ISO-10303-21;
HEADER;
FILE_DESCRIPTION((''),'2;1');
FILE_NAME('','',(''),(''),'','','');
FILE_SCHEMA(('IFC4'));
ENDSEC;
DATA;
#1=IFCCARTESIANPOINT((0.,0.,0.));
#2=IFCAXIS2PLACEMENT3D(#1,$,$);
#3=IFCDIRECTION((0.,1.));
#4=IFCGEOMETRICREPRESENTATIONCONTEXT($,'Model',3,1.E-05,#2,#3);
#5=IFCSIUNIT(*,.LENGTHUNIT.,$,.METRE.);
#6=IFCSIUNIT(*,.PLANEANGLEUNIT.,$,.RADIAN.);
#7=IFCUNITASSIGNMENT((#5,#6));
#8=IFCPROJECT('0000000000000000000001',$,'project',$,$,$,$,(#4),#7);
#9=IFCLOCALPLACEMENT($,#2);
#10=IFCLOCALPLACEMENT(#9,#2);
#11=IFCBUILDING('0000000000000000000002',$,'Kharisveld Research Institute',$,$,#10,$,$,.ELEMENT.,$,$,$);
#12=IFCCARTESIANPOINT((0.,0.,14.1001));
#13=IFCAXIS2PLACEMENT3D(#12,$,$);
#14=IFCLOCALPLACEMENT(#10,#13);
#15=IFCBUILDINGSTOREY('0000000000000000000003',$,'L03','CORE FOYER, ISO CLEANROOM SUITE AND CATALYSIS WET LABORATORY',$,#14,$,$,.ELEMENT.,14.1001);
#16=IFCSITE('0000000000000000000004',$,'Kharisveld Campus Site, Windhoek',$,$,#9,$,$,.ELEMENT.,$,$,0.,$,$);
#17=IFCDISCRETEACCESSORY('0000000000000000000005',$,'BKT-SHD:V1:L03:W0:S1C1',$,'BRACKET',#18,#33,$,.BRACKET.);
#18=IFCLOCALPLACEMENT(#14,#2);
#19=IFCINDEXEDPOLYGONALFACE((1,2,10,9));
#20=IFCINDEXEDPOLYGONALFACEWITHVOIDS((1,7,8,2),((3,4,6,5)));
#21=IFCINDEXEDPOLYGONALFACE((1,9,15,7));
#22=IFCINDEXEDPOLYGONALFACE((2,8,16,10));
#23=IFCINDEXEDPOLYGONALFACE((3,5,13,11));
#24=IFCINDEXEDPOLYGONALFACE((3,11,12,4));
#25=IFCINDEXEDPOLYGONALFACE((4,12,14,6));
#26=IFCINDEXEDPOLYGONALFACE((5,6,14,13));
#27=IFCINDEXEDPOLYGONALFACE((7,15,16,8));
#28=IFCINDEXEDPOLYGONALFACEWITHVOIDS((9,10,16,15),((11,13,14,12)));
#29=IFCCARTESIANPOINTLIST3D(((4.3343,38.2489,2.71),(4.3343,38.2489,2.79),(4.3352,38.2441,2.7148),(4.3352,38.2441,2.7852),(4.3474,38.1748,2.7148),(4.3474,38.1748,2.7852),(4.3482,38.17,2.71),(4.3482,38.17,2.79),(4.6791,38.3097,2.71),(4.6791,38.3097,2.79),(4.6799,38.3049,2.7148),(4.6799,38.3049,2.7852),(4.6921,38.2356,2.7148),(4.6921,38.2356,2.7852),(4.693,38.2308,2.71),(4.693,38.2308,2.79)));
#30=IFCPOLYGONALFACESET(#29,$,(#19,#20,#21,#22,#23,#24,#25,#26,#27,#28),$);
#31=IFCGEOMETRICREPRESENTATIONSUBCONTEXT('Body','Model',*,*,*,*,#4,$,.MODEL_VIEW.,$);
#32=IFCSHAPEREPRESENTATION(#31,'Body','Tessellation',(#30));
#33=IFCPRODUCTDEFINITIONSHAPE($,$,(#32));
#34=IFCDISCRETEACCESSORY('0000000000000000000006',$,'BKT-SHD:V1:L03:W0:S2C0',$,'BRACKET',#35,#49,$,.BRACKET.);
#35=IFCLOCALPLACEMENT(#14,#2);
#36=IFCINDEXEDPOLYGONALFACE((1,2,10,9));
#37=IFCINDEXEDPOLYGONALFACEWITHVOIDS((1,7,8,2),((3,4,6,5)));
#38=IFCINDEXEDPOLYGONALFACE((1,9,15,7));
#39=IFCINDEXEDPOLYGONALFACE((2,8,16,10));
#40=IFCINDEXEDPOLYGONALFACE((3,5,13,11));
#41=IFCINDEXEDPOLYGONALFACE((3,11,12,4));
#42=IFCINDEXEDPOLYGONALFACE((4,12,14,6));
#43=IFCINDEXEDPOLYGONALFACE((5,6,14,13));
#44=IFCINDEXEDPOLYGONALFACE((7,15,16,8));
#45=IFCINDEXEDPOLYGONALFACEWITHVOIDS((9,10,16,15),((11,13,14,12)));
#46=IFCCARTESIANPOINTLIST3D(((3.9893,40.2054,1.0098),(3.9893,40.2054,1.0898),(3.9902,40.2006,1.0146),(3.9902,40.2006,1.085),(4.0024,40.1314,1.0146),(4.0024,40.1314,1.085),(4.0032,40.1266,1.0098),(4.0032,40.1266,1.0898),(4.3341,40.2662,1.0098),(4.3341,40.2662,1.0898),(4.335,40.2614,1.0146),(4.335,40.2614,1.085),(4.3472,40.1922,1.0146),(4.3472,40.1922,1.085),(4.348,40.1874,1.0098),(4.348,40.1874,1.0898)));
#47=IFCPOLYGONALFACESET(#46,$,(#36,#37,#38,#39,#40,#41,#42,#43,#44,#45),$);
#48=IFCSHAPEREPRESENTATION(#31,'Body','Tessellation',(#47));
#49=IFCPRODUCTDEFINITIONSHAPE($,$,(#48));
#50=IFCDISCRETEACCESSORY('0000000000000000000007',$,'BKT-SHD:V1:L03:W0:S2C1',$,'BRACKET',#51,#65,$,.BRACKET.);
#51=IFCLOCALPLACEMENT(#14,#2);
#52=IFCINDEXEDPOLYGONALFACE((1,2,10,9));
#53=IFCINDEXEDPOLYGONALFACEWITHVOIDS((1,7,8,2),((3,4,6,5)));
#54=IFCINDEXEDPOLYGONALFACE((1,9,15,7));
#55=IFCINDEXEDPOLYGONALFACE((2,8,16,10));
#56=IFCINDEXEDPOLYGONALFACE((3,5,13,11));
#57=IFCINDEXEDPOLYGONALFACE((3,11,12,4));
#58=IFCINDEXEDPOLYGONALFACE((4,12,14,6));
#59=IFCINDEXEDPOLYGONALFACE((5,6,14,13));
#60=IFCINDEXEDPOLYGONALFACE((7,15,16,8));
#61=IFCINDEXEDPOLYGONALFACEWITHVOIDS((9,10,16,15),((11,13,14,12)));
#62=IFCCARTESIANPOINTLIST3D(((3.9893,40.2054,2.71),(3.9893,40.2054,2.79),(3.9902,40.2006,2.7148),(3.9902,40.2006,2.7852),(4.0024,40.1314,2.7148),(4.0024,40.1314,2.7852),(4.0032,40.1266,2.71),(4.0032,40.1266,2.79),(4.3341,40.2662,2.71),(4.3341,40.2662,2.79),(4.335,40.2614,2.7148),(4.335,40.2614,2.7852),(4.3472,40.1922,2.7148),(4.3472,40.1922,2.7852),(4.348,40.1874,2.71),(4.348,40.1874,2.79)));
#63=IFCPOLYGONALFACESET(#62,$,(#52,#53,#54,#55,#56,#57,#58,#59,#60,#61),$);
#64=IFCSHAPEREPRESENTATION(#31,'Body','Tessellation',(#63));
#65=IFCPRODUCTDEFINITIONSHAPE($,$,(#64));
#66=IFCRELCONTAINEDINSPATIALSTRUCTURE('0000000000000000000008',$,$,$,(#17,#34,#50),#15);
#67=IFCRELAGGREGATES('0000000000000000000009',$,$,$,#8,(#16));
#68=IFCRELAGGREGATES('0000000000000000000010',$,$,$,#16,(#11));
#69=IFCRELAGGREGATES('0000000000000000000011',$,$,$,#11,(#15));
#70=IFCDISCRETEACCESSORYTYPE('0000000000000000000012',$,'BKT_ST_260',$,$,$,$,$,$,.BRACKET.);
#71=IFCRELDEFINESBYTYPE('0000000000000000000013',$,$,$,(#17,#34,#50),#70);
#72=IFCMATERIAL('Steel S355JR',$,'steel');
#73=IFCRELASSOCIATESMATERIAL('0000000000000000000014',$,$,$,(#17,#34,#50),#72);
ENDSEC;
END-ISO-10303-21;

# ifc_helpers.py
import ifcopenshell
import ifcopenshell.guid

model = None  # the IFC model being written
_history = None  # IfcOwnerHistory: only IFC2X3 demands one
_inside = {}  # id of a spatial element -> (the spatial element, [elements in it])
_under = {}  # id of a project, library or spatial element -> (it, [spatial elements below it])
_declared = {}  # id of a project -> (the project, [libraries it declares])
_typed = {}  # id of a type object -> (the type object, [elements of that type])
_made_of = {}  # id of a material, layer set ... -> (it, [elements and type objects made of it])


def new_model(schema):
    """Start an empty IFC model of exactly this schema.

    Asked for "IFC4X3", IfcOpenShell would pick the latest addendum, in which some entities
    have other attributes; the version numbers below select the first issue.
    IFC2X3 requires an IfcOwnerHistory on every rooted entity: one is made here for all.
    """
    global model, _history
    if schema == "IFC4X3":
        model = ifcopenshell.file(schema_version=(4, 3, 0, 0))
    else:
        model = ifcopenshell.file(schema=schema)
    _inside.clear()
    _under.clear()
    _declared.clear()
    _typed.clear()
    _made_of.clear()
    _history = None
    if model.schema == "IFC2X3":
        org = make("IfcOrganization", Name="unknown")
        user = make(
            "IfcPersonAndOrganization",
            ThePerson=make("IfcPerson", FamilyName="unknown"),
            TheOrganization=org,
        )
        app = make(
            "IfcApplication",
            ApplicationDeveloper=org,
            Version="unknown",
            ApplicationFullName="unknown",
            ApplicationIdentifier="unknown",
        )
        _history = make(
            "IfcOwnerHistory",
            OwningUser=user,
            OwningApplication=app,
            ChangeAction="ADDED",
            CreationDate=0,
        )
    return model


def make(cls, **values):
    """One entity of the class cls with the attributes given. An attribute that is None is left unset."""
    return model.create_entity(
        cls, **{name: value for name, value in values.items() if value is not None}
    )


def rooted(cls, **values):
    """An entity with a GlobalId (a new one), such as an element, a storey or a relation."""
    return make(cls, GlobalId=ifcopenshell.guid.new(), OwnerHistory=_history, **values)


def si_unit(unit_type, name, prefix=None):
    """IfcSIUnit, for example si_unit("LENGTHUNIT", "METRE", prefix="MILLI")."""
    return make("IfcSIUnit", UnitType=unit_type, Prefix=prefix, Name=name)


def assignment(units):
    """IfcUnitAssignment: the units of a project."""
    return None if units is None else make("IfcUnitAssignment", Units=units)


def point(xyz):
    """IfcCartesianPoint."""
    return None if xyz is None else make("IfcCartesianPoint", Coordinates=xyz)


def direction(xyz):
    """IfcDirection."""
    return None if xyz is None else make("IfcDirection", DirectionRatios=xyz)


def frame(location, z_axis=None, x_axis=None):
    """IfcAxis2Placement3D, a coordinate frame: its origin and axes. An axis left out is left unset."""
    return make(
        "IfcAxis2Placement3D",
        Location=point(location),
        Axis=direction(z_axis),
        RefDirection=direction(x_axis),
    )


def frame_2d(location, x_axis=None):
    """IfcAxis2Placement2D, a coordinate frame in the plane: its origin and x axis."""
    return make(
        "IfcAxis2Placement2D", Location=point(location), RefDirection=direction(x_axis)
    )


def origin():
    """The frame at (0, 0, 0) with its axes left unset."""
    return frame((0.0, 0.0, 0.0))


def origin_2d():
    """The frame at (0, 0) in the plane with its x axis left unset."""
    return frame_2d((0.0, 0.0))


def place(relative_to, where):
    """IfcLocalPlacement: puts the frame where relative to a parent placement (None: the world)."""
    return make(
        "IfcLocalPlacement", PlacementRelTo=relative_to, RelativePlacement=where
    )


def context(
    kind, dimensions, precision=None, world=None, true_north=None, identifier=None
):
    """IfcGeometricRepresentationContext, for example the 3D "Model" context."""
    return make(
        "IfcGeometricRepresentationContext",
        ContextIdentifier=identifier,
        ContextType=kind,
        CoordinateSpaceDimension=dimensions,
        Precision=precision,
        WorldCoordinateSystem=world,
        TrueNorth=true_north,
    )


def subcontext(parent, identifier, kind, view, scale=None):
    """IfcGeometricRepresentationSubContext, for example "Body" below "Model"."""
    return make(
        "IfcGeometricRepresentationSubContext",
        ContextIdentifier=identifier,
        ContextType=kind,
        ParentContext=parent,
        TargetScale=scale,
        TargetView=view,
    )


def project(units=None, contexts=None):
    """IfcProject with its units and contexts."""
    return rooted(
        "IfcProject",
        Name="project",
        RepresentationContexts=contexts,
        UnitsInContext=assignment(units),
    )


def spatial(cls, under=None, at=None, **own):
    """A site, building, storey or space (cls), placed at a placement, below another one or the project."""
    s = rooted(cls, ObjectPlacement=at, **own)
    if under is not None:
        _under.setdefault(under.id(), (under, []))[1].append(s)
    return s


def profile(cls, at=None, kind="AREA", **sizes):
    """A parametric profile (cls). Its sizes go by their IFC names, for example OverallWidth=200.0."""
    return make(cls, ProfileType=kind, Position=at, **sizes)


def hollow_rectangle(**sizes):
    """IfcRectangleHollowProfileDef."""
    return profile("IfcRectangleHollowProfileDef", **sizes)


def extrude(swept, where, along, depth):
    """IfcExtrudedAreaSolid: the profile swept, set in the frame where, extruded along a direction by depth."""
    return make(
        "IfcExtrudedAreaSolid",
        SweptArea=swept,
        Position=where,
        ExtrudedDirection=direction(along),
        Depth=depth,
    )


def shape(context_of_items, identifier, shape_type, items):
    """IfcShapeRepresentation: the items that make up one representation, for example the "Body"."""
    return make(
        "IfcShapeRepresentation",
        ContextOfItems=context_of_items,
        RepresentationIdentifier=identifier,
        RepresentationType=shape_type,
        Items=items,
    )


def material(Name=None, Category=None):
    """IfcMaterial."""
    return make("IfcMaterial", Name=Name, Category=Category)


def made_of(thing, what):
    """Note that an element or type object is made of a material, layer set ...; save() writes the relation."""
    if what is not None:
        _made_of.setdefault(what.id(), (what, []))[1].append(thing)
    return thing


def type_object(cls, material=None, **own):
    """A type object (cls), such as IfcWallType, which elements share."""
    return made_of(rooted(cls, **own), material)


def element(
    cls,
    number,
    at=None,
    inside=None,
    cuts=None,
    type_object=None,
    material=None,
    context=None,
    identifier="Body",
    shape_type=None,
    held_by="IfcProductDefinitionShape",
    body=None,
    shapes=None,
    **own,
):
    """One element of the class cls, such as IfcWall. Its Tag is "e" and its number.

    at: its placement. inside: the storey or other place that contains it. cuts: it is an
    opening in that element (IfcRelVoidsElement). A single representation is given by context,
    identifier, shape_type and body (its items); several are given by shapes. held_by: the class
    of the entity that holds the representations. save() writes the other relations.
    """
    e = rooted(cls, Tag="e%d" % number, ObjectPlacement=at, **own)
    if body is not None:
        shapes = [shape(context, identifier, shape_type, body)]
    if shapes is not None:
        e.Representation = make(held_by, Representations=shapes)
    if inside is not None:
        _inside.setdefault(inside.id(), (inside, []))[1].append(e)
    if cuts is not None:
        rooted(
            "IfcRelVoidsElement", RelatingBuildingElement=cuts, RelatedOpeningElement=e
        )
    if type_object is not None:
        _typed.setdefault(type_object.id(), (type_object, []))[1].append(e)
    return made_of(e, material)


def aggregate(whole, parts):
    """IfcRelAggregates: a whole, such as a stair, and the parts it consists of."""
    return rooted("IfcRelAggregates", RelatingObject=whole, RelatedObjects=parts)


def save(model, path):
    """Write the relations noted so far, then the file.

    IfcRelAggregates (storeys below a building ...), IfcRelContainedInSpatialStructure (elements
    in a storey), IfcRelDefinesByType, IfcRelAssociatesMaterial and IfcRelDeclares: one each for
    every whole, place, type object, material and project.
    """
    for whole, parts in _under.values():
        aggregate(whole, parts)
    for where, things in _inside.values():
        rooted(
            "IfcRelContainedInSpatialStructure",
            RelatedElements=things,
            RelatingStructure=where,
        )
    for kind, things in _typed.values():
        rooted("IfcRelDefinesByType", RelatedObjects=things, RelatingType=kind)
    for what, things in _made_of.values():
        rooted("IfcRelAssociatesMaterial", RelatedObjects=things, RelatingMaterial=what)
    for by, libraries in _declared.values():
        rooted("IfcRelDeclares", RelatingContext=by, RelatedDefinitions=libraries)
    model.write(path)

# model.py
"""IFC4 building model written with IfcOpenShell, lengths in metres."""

from ifc_helpers import new_model, si_unit, direction, frame, origin, origin_2d, place, context, subcontext, project, spatial, hollow_rectangle, extrude, material, type_object, element, save


model = new_model("IFC4")

# Units and contexts
model_context = context("Model", 3, precision=1e-05, world=origin(), true_north=direction((0.0, 1.0)))
body_context = subcontext(model_context, "Body", "Model", "MODEL_VIEW")
ifc_project = project(units=[si_unit("LENGTHUNIT", "METRE"), si_unit("PLANEANGLEUNIT", "RADIAN")], contexts=[model_context])

# Site, building, storey
site_placement = place(None, origin())
site = spatial("IfcSite", under=ifc_project, at=site_placement, Name="Kharisveld Campus Site, Windhoek", CompositionType="ELEMENT", RefElevation=0.0)
building_placement = place(site_placement, origin())
building = spatial("IfcBuilding", under=site, at=building_placement, Name="Kharisveld Research Institute", CompositionType="ELEMENT")
storey_placement = place(building_placement, frame((0.0, 0.0, 14.1001)))
storey = spatial("IfcBuildingStorey", under=building, at=storey_placement, Name="L03", Description="CORE FOYER, ISO CLEANROOM SUITE AND CATALYSIS WET LABORATORY", CompositionType="ELEMENT", Elevation=14.1001)

# Discrete accessories
ifc_material_1 = material(Name="Steel S355JR", Category="steel")
discrete_accessory_type = type_object("IfcDiscreteAccessoryType", Name="BKT_ST_260", PredefinedType="BRACKET")
for number, where, z_axis, x_axis, name in (
    (1, (4.686, 38.2703, 2.75), (-0.984805, -0.173666, 0.0), (0.173666, -0.984805, 0.0), "BKT-SHD:V1:L03:W0:S1C1"),
    (2, (4.3411, 40.2268, 1.0498), (-0.984805, -0.173666, 0.0), (0.173666, -0.984805, 0.0), "BKT-SHD:V1:L03:W0:S2C0"),
    (3, (4.3411, 40.2268, 2.75), (-0.984805, -0.173666, 0.0), (0.173666, -0.984805, 0.0), "BKT-SHD:V1:L03:W0:S2C1"),
):
    element("IfcDiscreteAccessory", number, at=place(storey_placement, frame(where, z_axis=z_axis, x_axis=x_axis)), inside=storey, type_object=discrete_accessory_type, material=ifc_material_1, Name=name, ObjectType="BRACKET", PredefinedType="BRACKET", context=body_context, shape_type="SweptSolid", body=[
        extrude(hollow_rectangle(XDim=0.0801, YDim=0.0801, WallThickness=0.0049, at=origin_2d()), origin(), (0.0, 0.0, 1.0), 0.3501),
    ])

save(model, "model.ifc")
